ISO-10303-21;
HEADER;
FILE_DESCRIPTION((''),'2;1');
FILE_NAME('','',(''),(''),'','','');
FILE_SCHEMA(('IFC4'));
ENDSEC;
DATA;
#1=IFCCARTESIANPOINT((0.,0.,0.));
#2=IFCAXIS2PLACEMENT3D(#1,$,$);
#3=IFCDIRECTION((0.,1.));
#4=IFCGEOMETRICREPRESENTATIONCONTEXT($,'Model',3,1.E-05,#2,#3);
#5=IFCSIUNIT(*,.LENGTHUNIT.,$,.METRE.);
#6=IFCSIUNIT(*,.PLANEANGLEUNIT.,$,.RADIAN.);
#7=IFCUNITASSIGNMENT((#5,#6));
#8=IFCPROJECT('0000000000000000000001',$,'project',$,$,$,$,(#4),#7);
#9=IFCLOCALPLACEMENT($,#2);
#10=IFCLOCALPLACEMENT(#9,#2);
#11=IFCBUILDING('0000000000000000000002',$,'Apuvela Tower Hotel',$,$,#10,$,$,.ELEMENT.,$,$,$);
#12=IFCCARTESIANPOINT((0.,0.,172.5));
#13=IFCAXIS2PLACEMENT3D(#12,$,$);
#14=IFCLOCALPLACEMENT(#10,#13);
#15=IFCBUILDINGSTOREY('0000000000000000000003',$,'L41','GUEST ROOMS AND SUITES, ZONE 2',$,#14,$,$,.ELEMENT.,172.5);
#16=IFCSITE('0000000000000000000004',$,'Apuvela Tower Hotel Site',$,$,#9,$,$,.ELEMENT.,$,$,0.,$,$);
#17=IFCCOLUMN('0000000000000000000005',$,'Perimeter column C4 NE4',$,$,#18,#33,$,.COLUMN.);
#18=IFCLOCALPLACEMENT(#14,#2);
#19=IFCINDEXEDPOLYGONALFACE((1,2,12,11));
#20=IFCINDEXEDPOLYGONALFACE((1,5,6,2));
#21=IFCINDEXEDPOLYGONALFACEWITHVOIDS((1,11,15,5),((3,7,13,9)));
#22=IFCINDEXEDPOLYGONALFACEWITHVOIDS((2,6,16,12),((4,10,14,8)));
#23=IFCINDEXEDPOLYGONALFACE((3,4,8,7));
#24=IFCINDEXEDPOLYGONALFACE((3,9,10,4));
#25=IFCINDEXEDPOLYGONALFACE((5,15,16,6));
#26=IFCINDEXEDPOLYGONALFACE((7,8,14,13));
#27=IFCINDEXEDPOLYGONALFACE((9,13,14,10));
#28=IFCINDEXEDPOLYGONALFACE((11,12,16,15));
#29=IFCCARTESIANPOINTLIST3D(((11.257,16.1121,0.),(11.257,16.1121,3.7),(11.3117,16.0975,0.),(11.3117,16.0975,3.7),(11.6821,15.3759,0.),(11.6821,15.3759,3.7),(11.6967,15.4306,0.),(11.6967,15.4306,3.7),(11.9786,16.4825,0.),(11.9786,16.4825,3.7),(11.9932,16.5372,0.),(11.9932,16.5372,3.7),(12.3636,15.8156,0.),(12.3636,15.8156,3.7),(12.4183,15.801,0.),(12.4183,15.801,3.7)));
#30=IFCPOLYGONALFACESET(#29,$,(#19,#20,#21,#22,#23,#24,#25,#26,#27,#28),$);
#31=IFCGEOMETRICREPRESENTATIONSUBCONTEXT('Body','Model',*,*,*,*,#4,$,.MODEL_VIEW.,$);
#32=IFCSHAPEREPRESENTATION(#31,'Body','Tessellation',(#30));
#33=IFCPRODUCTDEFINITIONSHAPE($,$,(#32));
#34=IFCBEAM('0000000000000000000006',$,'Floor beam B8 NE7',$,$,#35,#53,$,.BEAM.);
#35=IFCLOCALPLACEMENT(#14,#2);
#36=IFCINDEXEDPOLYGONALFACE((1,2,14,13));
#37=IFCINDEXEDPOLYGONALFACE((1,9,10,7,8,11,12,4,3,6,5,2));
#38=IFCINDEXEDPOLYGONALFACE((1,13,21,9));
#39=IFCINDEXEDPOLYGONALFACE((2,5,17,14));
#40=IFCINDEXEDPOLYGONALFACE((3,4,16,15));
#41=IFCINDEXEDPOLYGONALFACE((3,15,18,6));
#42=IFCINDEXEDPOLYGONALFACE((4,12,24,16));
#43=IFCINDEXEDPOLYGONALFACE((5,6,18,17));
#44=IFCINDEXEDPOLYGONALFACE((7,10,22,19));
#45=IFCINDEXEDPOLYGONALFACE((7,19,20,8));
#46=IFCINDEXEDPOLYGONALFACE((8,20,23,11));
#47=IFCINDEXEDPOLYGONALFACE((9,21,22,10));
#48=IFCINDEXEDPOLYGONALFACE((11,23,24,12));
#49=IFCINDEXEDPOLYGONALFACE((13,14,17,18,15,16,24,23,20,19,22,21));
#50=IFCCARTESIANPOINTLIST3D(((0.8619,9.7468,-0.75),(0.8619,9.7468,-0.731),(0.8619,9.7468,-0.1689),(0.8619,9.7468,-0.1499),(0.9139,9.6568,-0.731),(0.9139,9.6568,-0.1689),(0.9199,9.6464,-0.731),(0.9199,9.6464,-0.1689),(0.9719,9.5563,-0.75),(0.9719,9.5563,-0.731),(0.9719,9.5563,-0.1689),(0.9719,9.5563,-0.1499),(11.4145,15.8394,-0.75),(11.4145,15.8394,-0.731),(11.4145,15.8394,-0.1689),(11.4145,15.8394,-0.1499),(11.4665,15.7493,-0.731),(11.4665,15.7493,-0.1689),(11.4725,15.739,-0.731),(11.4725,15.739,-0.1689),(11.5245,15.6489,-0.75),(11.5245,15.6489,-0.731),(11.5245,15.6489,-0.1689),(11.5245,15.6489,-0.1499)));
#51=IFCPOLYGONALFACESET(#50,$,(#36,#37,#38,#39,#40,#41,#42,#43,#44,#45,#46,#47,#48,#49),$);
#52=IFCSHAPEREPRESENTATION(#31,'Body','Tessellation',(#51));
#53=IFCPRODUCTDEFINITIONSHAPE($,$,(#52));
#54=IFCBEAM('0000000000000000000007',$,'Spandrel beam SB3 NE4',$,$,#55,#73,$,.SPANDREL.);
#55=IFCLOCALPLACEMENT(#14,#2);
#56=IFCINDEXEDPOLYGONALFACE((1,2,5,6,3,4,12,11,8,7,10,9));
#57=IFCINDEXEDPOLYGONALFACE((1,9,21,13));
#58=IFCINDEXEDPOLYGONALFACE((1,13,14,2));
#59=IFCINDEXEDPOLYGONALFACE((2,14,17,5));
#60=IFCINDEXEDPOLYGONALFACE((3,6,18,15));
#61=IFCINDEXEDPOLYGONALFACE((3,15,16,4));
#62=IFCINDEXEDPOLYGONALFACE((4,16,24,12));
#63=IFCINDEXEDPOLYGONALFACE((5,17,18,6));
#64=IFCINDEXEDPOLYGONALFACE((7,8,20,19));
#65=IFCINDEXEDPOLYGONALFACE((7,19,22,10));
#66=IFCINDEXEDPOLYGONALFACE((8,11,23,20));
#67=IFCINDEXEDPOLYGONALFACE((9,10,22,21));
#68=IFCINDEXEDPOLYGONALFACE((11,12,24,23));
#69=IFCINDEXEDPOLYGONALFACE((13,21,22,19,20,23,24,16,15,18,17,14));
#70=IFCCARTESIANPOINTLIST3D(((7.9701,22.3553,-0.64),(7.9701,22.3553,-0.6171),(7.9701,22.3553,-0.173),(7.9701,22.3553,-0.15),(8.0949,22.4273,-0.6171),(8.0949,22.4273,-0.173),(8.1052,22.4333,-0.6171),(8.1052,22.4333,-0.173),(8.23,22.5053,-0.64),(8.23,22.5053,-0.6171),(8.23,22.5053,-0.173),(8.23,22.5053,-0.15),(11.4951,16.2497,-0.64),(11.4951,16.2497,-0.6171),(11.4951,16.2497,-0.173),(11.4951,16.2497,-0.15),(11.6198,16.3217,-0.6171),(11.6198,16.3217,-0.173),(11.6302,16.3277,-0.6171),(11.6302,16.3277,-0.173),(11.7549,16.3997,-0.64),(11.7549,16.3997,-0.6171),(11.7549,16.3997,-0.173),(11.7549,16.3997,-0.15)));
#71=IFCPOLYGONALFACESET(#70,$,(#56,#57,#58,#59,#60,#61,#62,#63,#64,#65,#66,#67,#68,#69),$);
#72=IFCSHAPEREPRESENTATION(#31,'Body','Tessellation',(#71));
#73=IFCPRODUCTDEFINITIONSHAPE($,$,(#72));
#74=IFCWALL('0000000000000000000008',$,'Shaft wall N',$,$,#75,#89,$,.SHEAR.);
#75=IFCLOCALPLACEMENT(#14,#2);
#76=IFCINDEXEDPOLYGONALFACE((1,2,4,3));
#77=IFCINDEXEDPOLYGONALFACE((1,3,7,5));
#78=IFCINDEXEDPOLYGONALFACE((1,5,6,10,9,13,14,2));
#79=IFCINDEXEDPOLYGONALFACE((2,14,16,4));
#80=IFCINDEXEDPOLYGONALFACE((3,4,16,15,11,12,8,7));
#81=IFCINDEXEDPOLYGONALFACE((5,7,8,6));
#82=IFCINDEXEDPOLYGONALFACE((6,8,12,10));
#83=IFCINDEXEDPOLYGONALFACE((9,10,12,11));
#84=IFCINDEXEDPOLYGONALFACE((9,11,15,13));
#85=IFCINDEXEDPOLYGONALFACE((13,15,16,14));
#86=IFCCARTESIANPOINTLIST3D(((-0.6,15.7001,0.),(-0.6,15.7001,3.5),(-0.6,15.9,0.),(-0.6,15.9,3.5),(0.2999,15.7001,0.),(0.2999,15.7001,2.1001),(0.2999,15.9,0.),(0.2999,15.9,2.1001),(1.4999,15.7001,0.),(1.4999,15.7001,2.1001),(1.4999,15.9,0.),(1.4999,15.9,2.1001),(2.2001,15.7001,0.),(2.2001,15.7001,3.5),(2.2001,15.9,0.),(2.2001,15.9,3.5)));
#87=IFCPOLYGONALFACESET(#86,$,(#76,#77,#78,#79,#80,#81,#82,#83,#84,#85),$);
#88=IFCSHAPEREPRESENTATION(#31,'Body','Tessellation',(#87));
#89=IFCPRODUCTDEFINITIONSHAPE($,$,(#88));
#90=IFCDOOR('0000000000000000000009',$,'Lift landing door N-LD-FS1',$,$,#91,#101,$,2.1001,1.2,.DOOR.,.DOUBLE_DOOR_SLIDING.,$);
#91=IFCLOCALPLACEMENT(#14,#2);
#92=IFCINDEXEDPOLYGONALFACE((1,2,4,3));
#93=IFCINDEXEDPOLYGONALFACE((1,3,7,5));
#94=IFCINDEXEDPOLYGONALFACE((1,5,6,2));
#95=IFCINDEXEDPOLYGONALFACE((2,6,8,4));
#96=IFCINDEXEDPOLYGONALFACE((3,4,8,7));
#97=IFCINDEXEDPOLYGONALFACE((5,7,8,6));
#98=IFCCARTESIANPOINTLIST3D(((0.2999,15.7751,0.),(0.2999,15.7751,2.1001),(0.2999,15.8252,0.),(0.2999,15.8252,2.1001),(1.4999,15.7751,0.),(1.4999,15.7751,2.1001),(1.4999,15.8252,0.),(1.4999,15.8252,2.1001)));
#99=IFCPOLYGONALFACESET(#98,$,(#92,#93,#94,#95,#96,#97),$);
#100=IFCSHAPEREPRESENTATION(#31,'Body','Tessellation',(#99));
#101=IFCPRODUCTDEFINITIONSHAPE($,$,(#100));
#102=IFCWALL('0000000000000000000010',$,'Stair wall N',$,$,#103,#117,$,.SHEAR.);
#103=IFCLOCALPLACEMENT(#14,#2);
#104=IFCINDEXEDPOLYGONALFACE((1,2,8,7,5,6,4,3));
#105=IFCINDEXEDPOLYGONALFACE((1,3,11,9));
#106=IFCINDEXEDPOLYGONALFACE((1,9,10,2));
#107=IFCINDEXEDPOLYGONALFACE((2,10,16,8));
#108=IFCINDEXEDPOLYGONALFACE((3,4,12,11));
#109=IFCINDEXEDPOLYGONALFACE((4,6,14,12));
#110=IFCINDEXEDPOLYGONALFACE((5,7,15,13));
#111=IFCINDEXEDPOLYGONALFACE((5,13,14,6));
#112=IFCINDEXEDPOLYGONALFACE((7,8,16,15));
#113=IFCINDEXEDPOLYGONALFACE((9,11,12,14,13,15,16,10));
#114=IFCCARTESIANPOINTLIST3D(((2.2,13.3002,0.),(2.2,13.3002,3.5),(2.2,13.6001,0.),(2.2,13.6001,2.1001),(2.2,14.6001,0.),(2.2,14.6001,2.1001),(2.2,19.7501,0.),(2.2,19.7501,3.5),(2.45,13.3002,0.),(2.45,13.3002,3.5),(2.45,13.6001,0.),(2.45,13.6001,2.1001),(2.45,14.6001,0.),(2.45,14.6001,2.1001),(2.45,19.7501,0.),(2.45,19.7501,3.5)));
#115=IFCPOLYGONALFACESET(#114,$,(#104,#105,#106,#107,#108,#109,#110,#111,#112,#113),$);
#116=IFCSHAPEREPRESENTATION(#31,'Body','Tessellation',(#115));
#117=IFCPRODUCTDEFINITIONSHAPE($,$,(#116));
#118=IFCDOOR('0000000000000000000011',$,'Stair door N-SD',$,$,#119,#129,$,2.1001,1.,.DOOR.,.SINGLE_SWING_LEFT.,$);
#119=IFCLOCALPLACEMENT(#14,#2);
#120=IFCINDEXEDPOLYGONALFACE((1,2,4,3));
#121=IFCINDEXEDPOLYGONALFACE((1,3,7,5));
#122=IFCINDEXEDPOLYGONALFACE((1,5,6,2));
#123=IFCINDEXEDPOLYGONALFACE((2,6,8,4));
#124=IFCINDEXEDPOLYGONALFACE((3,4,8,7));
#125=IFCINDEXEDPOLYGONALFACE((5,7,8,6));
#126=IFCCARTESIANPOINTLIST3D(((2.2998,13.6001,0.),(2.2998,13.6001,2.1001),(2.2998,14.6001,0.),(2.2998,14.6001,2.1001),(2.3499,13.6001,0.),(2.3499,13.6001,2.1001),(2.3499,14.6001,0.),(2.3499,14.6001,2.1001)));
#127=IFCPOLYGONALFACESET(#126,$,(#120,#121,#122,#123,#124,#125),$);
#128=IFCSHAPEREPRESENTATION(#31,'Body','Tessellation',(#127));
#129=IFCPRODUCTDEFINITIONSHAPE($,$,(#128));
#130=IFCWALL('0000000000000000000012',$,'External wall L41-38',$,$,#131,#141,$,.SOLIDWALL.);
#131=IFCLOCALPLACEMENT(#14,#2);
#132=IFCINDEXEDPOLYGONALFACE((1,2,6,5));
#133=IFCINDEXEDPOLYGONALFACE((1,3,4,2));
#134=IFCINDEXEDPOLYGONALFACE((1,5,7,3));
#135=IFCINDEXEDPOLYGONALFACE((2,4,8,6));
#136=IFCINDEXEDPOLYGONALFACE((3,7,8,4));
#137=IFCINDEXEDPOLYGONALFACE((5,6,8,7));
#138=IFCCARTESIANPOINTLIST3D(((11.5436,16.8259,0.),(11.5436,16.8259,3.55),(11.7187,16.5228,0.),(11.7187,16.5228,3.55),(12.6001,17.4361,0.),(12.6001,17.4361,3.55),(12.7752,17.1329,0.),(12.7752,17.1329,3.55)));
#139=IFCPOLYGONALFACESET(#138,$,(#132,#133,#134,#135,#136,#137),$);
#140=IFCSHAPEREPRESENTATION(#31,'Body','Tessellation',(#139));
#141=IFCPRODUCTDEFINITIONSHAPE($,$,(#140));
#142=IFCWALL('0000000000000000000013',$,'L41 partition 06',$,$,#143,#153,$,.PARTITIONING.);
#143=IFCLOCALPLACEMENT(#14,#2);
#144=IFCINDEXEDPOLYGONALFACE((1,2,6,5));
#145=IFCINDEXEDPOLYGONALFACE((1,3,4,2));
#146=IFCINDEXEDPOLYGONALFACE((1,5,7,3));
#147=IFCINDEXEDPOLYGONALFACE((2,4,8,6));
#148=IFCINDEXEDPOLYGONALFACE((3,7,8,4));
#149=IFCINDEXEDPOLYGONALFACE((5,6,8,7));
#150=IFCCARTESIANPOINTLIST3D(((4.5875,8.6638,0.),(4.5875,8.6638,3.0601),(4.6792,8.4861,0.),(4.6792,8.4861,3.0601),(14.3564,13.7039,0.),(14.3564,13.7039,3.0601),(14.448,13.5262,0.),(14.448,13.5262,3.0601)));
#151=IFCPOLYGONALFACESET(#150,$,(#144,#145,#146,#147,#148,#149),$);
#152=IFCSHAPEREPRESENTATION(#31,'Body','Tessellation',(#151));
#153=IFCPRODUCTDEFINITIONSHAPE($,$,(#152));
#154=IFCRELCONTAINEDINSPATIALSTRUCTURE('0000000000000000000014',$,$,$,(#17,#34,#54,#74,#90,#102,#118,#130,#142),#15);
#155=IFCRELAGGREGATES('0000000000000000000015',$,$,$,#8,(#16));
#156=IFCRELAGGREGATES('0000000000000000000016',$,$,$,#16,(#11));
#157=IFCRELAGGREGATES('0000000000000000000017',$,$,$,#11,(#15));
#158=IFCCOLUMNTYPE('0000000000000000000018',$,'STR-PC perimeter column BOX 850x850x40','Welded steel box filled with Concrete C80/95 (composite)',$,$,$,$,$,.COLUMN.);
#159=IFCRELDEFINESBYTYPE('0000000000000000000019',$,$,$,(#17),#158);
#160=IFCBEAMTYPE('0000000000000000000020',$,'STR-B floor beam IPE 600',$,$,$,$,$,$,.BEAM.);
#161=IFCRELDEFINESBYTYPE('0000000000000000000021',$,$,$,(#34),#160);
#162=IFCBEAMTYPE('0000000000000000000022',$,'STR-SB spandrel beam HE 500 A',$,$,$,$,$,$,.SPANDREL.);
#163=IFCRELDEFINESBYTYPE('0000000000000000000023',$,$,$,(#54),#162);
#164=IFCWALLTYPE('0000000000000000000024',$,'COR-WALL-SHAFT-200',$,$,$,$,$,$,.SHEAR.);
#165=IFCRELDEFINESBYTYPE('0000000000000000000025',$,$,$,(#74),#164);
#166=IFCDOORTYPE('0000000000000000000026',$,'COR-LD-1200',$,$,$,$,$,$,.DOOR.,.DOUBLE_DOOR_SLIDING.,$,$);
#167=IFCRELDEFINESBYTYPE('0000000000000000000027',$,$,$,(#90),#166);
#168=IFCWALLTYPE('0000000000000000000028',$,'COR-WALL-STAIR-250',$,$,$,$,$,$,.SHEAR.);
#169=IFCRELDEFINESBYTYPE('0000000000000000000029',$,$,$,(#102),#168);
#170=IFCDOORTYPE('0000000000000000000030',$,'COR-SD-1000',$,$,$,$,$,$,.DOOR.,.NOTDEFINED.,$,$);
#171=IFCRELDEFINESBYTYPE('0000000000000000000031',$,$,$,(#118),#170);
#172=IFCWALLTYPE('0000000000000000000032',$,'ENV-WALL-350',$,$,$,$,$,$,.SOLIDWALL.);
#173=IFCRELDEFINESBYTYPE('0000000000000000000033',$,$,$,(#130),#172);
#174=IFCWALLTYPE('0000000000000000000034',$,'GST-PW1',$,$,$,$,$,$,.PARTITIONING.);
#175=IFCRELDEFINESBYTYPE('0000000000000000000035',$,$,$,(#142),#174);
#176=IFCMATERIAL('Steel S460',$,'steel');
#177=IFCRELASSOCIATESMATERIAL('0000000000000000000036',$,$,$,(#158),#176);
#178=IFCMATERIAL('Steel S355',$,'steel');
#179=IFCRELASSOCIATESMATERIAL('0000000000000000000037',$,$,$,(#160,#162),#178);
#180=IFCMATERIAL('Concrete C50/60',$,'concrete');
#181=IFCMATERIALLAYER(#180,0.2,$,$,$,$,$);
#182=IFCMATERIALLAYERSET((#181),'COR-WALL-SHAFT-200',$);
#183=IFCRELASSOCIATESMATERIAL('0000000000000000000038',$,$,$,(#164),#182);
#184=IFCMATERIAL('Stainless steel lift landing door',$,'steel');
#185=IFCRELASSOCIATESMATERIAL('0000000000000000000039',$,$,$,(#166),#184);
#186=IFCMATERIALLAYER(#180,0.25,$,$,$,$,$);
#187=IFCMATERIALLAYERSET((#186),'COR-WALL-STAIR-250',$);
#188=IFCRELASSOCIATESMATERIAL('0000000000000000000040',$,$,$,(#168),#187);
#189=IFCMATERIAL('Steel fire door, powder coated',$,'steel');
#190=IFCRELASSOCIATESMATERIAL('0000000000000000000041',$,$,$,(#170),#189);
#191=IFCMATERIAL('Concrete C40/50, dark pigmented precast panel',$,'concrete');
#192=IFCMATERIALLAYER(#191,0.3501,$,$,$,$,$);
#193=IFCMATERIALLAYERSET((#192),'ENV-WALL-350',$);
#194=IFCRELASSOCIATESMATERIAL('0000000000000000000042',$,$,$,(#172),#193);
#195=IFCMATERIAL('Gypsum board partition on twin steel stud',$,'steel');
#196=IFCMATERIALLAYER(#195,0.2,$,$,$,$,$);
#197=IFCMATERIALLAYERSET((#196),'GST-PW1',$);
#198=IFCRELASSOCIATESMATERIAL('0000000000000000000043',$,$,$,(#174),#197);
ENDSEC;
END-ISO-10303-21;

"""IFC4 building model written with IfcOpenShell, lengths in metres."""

from ifc_helpers import new_model, si_unit, direction, frame, frame_2d, origin, origin_2d, place, context, subcontext, project, spatial, rectangle, hollow_rectangle, i_section, extrude, material, layer, layer_set, material_profile, profile_set, type_object, element, fill, save


model = new_model("IFC4")

# Units and contexts
model_context = context("Model", 3, precision=1e-05, world=origin(), true_north=direction((0.0, 1.0)))
body_context = subcontext(model_context, "Body", "Model", "MODEL_VIEW")
ifc_project = project(units=[si_unit("LENGTHUNIT", "METRE"), si_unit("PLANEANGLEUNIT", "RADIAN")], contexts=[model_context])

# Site, building, storey
site_placement = place(None, origin())
site = spatial("IfcSite", under=ifc_project, at=site_placement, Name="Apuvela Tower Hotel Site", CompositionType="ELEMENT", RefElevation=0.0)
building_placement = place(site_placement, origin())
building = spatial("IfcBuilding", under=site, at=building_placement, Name="Apuvela Tower Hotel", CompositionType="ELEMENT")
storey_placement = place(building_placement, frame((0.0, 0.0, 172.5)))
storey = spatial("IfcBuildingStorey", under=building, at=storey_placement, Name="L41", Description="GUEST ROOMS AND SUITES, ZONE 2", CompositionType="ELEMENT", Elevation=172.5)

# Column
ifc_material_1 = material(Name="Steel S460", Category="steel")
ifc_material_profile_1 = material_profile(ifc_material_1, hollow_rectangle(XDim=0.8501, YDim=0.8501, WallThickness=0.04, at=origin_2d()), Name="BOX 850x850x40")
ifc_material_2 = material(Name="Concrete C80/95", Category="concrete")
ifc_material_profile_2 = material_profile(ifc_material_2, rectangle(XDim=0.77, YDim=0.77, at=origin_2d()), Name="Concrete C80/95 infill")
ifc_profile_set_1 = profile_set([ifc_material_profile_1, ifc_material_profile_2], Name="Steel S460")
column_type = type_object("IfcColumnType", Name="STR-PC perimeter column BOX 850x850x40", Description="Welded steel box filled with Concrete C80/95 (composite)", PredefinedType="COLUMN", material=ifc_profile_set_1)
column_placement = place(storey_placement, frame((11.8376, 15.9565, 0.0), z_axis=(0.0, 0.0, 1.0), x_axis=(-0.5, 0.866025, 0.0)))
element("IfcColumn", 1, at=column_placement, inside=storey, type_object=column_type, Name="Perimeter column C4 NE4", PredefinedType="COLUMN", context=body_context, shape_type="SweptSolid", body=[
    extrude(hollow_rectangle(XDim=0.8501, YDim=0.8501, WallThickness=0.04, at=origin_2d()), origin(), (0.0, 0.0, 1.0), 3.7),
])

# Beams
ifc_material_3 = material(Name="Steel S355", Category="steel")
ifc_material_profile_3 = material_profile(ifc_material_3, i_section(OverallWidth=0.22, OverallDepth=0.6001, WebThickness=0.012, FlangeThickness=0.019, at=origin_2d()), Name="IPE 600")
ifc_profile_set_2 = profile_set([ifc_material_profile_3], Name="Steel S355")
beam_type_1 = type_object("IfcBeamType", Name="STR-B floor beam IPE 600", PredefinedType="BEAM", material=ifc_profile_set_2)
beam_1_placement = place(storey_placement, frame((11.4695, 15.7441, -0.45), z_axis=(-0.866024, -0.500003, 0.0), x_axis=(0.500003, -0.866024, 0.0)))
element("IfcBeam", 2, at=beam_1_placement, inside=storey, type_object=beam_type_1, Name="Floor beam B8 NE7", PredefinedType="BEAM", context=body_context, shape_type="SweptSolid", body=[
    extrude(i_section(OverallWidth=0.22, OverallDepth=0.6001, WebThickness=0.012, FlangeThickness=0.019, at=origin_2d()), origin(), (0.0, 0.0, 1.0), 12.1851),
])
ifc_material_profile_4 = material_profile(ifc_material_3, i_section(OverallWidth=0.3, OverallDepth=0.49, WebThickness=0.012, FlangeThickness=0.0229, at=origin_2d()), Name="HE 500 A")
ifc_profile_set_3 = profile_set([ifc_material_profile_4], Name="Steel S355")
beam_type_2 = type_object("IfcBeamType", Name="STR-SB spandrel beam HE 500 A", PredefinedType="SPANDREL", material=ifc_profile_set_3)
beam_2_placement = place(storey_placement, frame((11.625, 16.3247, -0.395), z_axis=(-0.49999, 0.866031, 0.0), x_axis=(-0.866031, -0.49999, 0.0)))
element("IfcBeam", 3, at=beam_2_placement, inside=storey, type_object=beam_type_2, Name="Spandrel beam SB3 NE4", PredefinedType="SPANDREL", context=body_context, shape_type="SweptSolid", body=[
    extrude(i_section(OverallWidth=0.3, OverallDepth=0.49, WebThickness=0.012, FlangeThickness=0.0229, at=origin_2d()), origin(), (0.0, 0.0, 1.0), 7.05),
])

# Walls, openings, doors
ifc_material_4 = material(Name="Concrete C50/60", Category="concrete")
ifc_layer_1 = layer(ifc_material_4, 0.2)
ifc_layer_set_1 = layer_set([ifc_layer_1], Name="COR-WALL-SHAFT-200")
wall_type_1 = type_object("IfcWallType", Name="COR-WALL-SHAFT-200", PredefinedType="SHEAR", material=ifc_layer_set_1)
wall_1_placement = place(storey_placement, frame((2.2, 15.8, 0.0), z_axis=(0.0, 0.0, 1.0), x_axis=(-1.0, 0.0, 0.0)))
wall_1 = element("IfcWall", 4, at=wall_1_placement, inside=storey, type_object=wall_type_1, Name="Shaft wall N", PredefinedType="SHEAR", context=body_context, shape_type="SweptSolid", body=[
    extrude(rectangle(XDim=2.8, YDim=0.2, at=frame_2d((1.3999, 0.0))), origin(), (0.0, 0.0, 1.0), 3.5),
])
opening_1_placement = place(wall_1_placement, frame((0.7, 0.0, 0.0)))
opening_1 = element("IfcOpeningElement", 5, at=opening_1_placement, cuts=wall_1, PredefinedType="OPENING", context=body_context, shape_type="SweptSolid", body=[
    extrude(rectangle(XDim=1.2, YDim=2.1001, at=frame_2d((0.6001, 1.05))), frame((0.0, 0.1099, 0.0), z_axis=(0.0, -1.0, 0.0), x_axis=(1.0, 0.0, 0.0)), (0.0, 0.0, 1.0), 0.22),
])
ifc_material_5 = material(Name="Stainless steel lift landing door", Category="steel")
door_type_1 = type_object("IfcDoorType", Name="COR-LD-1200", OperationType="DOUBLE_DOOR_SLIDING", PredefinedType="DOOR", material=ifc_material_5)
door_1_placement = place(opening_1_placement, origin())
door_1 = element("IfcDoor", 6, at=door_1_placement, inside=storey, type_object=door_type_1, Name="Lift landing door N-LD-FS1", OperationType="DOUBLE_DOOR_SLIDING", OverallHeight=2.1001, OverallWidth=1.2, PredefinedType="DOOR", context=body_context, shape_type="SweptSolid", body=[
    extrude(rectangle(XDim=1.2, YDim=2.1001, at=frame_2d((0.6001, 1.05))), frame((0.0, 0.0249, 0.0), z_axis=(0.0, -1.0, 0.0), x_axis=(1.0, 0.0, 0.0)), (0.0, 0.0, 1.0), 0.05),
])
fill(opening_1, door_1)
ifc_layer_2 = layer(ifc_material_4, 0.25)
ifc_layer_set_2 = layer_set([ifc_layer_2], Name="COR-WALL-STAIR-250")
wall_type_2 = type_object("IfcWallType", Name="COR-WALL-STAIR-250", PredefinedType="SHEAR", material=ifc_layer_set_2)
wall_2_placement = place(storey_placement, frame((2.325, 13.3, 0.0), z_axis=(0.0, 0.0, 1.0), x_axis=(0.0, 1.0, 0.0)))
wall_2 = element("IfcWall", 7, at=wall_2_placement, inside=storey, type_object=wall_type_2, Name="Stair wall N", PredefinedType="SHEAR", context=body_context, shape_type="SweptSolid", body=[
    extrude(rectangle(XDim=6.45, YDim=0.25, at=frame_2d((3.2251, 0.0))), origin(), (0.0, 0.0, 1.0), 3.5),
])
opening_2_placement = place(wall_2_placement, frame((0.3, 0.0, 0.0)))
opening_2 = element("IfcOpeningElement", 8, at=opening_2_placement, cuts=wall_2, PredefinedType="OPENING", context=body_context, shape_type="SweptSolid", body=[
    extrude(rectangle(XDim=1.0, YDim=2.1001, at=frame_2d((0.5, 1.05))), frame((0.0, 0.135, 0.0), z_axis=(0.0, -1.0, 0.0), x_axis=(1.0, 0.0, 0.0)), (0.0, 0.0, 1.0), 0.27),
])
ifc_material_6 = material(Name="Steel fire door, powder coated", Category="steel")
door_type_2 = type_object("IfcDoorType", Name="COR-SD-1000", OperationType="NOTDEFINED", PredefinedType="DOOR", material=ifc_material_6)
door_2_placement = place(opening_2_placement, frame((1.0, 0.0, 0.0), z_axis=(0.0, 0.0, 1.0), x_axis=(-1.0, 0.0, 0.0)))
door_2 = element("IfcDoor", 9, at=door_2_placement, inside=storey, type_object=door_type_2, Name="Stair door N-SD", OperationType="SINGLE_SWING_LEFT", OverallHeight=2.1001, OverallWidth=1.0, PredefinedType="DOOR", context=body_context, shape_type="SweptSolid", body=[
    extrude(rectangle(XDim=1.0, YDim=2.1001, at=frame_2d((0.5, 1.05))), frame((0.0, 0.0249, 0.0), z_axis=(0.0, -1.0, 0.0), x_axis=(1.0, 0.0, 0.0)), (0.0, 0.0, 1.0), 0.05),
])
fill(opening_2, door_2)

# Wall
ifc_material_7 = material(Name="Concrete C40/50, dark pigmented precast panel", Category="concrete")
ifc_layer_3 = layer(ifc_material_7, 0.3501)
ifc_layer_set_3 = layer_set([ifc_layer_3], Name="ENV-WALL-350")
wall_type_3 = type_object("IfcWallType", Name="ENV-WALL-350", PredefinedType="SOLIDWALL", material=ifc_layer_set_3)
wall_3_placement = place(storey_placement, frame((12.6875, 17.2844, 0.0), z_axis=(0.0, 0.0, 1.0), x_axis=(-0.865956, -0.500121, 0.0)))
element("IfcWall", 10, at=wall_3_placement, inside=storey, type_object=wall_type_3, Name="External wall L41-38", PredefinedType="SOLIDWALL", context=body_context, shape_type="SweptSolid", body=[
    extrude(rectangle(XDim=1.22, YDim=0.3501, at=frame_2d((0.6099, 0.0))), origin(), (0.0, 0.0, 1.0), 3.55),
])

# Wall
ifc_material_8 = material(Name="Gypsum board partition on twin steel stud", Category="steel")
ifc_layer_4 = layer(ifc_material_8, 0.2)
ifc_layer_set_4 = layer_set([ifc_layer_4], Name="GST-PW1")
wall_type_4 = type_object("IfcWallType", Name="GST-PW1", PredefinedType="PARTITIONING", material=ifc_layer_set_4)
wall_4_placement = place(storey_placement, frame((14.4021, 13.615, 0.0), z_axis=(0.0, 0.0, 1.0), x_axis=(-0.888692, -0.458505, 0.0)))
element("IfcWall", 11, at=wall_4_placement, inside=storey, type_object=wall_type_4, Name="L41 partition 06", PredefinedType="PARTITIONING", context=body_context, shape_type="SweptSolid", body=[
    extrude(rectangle(XDim=10.9924, YDim=0.2, at=frame_2d((5.4961, 0.0))), origin(), (0.0, 0.0, 1.0), 3.0601),
])

save(model, "model.ifc")
